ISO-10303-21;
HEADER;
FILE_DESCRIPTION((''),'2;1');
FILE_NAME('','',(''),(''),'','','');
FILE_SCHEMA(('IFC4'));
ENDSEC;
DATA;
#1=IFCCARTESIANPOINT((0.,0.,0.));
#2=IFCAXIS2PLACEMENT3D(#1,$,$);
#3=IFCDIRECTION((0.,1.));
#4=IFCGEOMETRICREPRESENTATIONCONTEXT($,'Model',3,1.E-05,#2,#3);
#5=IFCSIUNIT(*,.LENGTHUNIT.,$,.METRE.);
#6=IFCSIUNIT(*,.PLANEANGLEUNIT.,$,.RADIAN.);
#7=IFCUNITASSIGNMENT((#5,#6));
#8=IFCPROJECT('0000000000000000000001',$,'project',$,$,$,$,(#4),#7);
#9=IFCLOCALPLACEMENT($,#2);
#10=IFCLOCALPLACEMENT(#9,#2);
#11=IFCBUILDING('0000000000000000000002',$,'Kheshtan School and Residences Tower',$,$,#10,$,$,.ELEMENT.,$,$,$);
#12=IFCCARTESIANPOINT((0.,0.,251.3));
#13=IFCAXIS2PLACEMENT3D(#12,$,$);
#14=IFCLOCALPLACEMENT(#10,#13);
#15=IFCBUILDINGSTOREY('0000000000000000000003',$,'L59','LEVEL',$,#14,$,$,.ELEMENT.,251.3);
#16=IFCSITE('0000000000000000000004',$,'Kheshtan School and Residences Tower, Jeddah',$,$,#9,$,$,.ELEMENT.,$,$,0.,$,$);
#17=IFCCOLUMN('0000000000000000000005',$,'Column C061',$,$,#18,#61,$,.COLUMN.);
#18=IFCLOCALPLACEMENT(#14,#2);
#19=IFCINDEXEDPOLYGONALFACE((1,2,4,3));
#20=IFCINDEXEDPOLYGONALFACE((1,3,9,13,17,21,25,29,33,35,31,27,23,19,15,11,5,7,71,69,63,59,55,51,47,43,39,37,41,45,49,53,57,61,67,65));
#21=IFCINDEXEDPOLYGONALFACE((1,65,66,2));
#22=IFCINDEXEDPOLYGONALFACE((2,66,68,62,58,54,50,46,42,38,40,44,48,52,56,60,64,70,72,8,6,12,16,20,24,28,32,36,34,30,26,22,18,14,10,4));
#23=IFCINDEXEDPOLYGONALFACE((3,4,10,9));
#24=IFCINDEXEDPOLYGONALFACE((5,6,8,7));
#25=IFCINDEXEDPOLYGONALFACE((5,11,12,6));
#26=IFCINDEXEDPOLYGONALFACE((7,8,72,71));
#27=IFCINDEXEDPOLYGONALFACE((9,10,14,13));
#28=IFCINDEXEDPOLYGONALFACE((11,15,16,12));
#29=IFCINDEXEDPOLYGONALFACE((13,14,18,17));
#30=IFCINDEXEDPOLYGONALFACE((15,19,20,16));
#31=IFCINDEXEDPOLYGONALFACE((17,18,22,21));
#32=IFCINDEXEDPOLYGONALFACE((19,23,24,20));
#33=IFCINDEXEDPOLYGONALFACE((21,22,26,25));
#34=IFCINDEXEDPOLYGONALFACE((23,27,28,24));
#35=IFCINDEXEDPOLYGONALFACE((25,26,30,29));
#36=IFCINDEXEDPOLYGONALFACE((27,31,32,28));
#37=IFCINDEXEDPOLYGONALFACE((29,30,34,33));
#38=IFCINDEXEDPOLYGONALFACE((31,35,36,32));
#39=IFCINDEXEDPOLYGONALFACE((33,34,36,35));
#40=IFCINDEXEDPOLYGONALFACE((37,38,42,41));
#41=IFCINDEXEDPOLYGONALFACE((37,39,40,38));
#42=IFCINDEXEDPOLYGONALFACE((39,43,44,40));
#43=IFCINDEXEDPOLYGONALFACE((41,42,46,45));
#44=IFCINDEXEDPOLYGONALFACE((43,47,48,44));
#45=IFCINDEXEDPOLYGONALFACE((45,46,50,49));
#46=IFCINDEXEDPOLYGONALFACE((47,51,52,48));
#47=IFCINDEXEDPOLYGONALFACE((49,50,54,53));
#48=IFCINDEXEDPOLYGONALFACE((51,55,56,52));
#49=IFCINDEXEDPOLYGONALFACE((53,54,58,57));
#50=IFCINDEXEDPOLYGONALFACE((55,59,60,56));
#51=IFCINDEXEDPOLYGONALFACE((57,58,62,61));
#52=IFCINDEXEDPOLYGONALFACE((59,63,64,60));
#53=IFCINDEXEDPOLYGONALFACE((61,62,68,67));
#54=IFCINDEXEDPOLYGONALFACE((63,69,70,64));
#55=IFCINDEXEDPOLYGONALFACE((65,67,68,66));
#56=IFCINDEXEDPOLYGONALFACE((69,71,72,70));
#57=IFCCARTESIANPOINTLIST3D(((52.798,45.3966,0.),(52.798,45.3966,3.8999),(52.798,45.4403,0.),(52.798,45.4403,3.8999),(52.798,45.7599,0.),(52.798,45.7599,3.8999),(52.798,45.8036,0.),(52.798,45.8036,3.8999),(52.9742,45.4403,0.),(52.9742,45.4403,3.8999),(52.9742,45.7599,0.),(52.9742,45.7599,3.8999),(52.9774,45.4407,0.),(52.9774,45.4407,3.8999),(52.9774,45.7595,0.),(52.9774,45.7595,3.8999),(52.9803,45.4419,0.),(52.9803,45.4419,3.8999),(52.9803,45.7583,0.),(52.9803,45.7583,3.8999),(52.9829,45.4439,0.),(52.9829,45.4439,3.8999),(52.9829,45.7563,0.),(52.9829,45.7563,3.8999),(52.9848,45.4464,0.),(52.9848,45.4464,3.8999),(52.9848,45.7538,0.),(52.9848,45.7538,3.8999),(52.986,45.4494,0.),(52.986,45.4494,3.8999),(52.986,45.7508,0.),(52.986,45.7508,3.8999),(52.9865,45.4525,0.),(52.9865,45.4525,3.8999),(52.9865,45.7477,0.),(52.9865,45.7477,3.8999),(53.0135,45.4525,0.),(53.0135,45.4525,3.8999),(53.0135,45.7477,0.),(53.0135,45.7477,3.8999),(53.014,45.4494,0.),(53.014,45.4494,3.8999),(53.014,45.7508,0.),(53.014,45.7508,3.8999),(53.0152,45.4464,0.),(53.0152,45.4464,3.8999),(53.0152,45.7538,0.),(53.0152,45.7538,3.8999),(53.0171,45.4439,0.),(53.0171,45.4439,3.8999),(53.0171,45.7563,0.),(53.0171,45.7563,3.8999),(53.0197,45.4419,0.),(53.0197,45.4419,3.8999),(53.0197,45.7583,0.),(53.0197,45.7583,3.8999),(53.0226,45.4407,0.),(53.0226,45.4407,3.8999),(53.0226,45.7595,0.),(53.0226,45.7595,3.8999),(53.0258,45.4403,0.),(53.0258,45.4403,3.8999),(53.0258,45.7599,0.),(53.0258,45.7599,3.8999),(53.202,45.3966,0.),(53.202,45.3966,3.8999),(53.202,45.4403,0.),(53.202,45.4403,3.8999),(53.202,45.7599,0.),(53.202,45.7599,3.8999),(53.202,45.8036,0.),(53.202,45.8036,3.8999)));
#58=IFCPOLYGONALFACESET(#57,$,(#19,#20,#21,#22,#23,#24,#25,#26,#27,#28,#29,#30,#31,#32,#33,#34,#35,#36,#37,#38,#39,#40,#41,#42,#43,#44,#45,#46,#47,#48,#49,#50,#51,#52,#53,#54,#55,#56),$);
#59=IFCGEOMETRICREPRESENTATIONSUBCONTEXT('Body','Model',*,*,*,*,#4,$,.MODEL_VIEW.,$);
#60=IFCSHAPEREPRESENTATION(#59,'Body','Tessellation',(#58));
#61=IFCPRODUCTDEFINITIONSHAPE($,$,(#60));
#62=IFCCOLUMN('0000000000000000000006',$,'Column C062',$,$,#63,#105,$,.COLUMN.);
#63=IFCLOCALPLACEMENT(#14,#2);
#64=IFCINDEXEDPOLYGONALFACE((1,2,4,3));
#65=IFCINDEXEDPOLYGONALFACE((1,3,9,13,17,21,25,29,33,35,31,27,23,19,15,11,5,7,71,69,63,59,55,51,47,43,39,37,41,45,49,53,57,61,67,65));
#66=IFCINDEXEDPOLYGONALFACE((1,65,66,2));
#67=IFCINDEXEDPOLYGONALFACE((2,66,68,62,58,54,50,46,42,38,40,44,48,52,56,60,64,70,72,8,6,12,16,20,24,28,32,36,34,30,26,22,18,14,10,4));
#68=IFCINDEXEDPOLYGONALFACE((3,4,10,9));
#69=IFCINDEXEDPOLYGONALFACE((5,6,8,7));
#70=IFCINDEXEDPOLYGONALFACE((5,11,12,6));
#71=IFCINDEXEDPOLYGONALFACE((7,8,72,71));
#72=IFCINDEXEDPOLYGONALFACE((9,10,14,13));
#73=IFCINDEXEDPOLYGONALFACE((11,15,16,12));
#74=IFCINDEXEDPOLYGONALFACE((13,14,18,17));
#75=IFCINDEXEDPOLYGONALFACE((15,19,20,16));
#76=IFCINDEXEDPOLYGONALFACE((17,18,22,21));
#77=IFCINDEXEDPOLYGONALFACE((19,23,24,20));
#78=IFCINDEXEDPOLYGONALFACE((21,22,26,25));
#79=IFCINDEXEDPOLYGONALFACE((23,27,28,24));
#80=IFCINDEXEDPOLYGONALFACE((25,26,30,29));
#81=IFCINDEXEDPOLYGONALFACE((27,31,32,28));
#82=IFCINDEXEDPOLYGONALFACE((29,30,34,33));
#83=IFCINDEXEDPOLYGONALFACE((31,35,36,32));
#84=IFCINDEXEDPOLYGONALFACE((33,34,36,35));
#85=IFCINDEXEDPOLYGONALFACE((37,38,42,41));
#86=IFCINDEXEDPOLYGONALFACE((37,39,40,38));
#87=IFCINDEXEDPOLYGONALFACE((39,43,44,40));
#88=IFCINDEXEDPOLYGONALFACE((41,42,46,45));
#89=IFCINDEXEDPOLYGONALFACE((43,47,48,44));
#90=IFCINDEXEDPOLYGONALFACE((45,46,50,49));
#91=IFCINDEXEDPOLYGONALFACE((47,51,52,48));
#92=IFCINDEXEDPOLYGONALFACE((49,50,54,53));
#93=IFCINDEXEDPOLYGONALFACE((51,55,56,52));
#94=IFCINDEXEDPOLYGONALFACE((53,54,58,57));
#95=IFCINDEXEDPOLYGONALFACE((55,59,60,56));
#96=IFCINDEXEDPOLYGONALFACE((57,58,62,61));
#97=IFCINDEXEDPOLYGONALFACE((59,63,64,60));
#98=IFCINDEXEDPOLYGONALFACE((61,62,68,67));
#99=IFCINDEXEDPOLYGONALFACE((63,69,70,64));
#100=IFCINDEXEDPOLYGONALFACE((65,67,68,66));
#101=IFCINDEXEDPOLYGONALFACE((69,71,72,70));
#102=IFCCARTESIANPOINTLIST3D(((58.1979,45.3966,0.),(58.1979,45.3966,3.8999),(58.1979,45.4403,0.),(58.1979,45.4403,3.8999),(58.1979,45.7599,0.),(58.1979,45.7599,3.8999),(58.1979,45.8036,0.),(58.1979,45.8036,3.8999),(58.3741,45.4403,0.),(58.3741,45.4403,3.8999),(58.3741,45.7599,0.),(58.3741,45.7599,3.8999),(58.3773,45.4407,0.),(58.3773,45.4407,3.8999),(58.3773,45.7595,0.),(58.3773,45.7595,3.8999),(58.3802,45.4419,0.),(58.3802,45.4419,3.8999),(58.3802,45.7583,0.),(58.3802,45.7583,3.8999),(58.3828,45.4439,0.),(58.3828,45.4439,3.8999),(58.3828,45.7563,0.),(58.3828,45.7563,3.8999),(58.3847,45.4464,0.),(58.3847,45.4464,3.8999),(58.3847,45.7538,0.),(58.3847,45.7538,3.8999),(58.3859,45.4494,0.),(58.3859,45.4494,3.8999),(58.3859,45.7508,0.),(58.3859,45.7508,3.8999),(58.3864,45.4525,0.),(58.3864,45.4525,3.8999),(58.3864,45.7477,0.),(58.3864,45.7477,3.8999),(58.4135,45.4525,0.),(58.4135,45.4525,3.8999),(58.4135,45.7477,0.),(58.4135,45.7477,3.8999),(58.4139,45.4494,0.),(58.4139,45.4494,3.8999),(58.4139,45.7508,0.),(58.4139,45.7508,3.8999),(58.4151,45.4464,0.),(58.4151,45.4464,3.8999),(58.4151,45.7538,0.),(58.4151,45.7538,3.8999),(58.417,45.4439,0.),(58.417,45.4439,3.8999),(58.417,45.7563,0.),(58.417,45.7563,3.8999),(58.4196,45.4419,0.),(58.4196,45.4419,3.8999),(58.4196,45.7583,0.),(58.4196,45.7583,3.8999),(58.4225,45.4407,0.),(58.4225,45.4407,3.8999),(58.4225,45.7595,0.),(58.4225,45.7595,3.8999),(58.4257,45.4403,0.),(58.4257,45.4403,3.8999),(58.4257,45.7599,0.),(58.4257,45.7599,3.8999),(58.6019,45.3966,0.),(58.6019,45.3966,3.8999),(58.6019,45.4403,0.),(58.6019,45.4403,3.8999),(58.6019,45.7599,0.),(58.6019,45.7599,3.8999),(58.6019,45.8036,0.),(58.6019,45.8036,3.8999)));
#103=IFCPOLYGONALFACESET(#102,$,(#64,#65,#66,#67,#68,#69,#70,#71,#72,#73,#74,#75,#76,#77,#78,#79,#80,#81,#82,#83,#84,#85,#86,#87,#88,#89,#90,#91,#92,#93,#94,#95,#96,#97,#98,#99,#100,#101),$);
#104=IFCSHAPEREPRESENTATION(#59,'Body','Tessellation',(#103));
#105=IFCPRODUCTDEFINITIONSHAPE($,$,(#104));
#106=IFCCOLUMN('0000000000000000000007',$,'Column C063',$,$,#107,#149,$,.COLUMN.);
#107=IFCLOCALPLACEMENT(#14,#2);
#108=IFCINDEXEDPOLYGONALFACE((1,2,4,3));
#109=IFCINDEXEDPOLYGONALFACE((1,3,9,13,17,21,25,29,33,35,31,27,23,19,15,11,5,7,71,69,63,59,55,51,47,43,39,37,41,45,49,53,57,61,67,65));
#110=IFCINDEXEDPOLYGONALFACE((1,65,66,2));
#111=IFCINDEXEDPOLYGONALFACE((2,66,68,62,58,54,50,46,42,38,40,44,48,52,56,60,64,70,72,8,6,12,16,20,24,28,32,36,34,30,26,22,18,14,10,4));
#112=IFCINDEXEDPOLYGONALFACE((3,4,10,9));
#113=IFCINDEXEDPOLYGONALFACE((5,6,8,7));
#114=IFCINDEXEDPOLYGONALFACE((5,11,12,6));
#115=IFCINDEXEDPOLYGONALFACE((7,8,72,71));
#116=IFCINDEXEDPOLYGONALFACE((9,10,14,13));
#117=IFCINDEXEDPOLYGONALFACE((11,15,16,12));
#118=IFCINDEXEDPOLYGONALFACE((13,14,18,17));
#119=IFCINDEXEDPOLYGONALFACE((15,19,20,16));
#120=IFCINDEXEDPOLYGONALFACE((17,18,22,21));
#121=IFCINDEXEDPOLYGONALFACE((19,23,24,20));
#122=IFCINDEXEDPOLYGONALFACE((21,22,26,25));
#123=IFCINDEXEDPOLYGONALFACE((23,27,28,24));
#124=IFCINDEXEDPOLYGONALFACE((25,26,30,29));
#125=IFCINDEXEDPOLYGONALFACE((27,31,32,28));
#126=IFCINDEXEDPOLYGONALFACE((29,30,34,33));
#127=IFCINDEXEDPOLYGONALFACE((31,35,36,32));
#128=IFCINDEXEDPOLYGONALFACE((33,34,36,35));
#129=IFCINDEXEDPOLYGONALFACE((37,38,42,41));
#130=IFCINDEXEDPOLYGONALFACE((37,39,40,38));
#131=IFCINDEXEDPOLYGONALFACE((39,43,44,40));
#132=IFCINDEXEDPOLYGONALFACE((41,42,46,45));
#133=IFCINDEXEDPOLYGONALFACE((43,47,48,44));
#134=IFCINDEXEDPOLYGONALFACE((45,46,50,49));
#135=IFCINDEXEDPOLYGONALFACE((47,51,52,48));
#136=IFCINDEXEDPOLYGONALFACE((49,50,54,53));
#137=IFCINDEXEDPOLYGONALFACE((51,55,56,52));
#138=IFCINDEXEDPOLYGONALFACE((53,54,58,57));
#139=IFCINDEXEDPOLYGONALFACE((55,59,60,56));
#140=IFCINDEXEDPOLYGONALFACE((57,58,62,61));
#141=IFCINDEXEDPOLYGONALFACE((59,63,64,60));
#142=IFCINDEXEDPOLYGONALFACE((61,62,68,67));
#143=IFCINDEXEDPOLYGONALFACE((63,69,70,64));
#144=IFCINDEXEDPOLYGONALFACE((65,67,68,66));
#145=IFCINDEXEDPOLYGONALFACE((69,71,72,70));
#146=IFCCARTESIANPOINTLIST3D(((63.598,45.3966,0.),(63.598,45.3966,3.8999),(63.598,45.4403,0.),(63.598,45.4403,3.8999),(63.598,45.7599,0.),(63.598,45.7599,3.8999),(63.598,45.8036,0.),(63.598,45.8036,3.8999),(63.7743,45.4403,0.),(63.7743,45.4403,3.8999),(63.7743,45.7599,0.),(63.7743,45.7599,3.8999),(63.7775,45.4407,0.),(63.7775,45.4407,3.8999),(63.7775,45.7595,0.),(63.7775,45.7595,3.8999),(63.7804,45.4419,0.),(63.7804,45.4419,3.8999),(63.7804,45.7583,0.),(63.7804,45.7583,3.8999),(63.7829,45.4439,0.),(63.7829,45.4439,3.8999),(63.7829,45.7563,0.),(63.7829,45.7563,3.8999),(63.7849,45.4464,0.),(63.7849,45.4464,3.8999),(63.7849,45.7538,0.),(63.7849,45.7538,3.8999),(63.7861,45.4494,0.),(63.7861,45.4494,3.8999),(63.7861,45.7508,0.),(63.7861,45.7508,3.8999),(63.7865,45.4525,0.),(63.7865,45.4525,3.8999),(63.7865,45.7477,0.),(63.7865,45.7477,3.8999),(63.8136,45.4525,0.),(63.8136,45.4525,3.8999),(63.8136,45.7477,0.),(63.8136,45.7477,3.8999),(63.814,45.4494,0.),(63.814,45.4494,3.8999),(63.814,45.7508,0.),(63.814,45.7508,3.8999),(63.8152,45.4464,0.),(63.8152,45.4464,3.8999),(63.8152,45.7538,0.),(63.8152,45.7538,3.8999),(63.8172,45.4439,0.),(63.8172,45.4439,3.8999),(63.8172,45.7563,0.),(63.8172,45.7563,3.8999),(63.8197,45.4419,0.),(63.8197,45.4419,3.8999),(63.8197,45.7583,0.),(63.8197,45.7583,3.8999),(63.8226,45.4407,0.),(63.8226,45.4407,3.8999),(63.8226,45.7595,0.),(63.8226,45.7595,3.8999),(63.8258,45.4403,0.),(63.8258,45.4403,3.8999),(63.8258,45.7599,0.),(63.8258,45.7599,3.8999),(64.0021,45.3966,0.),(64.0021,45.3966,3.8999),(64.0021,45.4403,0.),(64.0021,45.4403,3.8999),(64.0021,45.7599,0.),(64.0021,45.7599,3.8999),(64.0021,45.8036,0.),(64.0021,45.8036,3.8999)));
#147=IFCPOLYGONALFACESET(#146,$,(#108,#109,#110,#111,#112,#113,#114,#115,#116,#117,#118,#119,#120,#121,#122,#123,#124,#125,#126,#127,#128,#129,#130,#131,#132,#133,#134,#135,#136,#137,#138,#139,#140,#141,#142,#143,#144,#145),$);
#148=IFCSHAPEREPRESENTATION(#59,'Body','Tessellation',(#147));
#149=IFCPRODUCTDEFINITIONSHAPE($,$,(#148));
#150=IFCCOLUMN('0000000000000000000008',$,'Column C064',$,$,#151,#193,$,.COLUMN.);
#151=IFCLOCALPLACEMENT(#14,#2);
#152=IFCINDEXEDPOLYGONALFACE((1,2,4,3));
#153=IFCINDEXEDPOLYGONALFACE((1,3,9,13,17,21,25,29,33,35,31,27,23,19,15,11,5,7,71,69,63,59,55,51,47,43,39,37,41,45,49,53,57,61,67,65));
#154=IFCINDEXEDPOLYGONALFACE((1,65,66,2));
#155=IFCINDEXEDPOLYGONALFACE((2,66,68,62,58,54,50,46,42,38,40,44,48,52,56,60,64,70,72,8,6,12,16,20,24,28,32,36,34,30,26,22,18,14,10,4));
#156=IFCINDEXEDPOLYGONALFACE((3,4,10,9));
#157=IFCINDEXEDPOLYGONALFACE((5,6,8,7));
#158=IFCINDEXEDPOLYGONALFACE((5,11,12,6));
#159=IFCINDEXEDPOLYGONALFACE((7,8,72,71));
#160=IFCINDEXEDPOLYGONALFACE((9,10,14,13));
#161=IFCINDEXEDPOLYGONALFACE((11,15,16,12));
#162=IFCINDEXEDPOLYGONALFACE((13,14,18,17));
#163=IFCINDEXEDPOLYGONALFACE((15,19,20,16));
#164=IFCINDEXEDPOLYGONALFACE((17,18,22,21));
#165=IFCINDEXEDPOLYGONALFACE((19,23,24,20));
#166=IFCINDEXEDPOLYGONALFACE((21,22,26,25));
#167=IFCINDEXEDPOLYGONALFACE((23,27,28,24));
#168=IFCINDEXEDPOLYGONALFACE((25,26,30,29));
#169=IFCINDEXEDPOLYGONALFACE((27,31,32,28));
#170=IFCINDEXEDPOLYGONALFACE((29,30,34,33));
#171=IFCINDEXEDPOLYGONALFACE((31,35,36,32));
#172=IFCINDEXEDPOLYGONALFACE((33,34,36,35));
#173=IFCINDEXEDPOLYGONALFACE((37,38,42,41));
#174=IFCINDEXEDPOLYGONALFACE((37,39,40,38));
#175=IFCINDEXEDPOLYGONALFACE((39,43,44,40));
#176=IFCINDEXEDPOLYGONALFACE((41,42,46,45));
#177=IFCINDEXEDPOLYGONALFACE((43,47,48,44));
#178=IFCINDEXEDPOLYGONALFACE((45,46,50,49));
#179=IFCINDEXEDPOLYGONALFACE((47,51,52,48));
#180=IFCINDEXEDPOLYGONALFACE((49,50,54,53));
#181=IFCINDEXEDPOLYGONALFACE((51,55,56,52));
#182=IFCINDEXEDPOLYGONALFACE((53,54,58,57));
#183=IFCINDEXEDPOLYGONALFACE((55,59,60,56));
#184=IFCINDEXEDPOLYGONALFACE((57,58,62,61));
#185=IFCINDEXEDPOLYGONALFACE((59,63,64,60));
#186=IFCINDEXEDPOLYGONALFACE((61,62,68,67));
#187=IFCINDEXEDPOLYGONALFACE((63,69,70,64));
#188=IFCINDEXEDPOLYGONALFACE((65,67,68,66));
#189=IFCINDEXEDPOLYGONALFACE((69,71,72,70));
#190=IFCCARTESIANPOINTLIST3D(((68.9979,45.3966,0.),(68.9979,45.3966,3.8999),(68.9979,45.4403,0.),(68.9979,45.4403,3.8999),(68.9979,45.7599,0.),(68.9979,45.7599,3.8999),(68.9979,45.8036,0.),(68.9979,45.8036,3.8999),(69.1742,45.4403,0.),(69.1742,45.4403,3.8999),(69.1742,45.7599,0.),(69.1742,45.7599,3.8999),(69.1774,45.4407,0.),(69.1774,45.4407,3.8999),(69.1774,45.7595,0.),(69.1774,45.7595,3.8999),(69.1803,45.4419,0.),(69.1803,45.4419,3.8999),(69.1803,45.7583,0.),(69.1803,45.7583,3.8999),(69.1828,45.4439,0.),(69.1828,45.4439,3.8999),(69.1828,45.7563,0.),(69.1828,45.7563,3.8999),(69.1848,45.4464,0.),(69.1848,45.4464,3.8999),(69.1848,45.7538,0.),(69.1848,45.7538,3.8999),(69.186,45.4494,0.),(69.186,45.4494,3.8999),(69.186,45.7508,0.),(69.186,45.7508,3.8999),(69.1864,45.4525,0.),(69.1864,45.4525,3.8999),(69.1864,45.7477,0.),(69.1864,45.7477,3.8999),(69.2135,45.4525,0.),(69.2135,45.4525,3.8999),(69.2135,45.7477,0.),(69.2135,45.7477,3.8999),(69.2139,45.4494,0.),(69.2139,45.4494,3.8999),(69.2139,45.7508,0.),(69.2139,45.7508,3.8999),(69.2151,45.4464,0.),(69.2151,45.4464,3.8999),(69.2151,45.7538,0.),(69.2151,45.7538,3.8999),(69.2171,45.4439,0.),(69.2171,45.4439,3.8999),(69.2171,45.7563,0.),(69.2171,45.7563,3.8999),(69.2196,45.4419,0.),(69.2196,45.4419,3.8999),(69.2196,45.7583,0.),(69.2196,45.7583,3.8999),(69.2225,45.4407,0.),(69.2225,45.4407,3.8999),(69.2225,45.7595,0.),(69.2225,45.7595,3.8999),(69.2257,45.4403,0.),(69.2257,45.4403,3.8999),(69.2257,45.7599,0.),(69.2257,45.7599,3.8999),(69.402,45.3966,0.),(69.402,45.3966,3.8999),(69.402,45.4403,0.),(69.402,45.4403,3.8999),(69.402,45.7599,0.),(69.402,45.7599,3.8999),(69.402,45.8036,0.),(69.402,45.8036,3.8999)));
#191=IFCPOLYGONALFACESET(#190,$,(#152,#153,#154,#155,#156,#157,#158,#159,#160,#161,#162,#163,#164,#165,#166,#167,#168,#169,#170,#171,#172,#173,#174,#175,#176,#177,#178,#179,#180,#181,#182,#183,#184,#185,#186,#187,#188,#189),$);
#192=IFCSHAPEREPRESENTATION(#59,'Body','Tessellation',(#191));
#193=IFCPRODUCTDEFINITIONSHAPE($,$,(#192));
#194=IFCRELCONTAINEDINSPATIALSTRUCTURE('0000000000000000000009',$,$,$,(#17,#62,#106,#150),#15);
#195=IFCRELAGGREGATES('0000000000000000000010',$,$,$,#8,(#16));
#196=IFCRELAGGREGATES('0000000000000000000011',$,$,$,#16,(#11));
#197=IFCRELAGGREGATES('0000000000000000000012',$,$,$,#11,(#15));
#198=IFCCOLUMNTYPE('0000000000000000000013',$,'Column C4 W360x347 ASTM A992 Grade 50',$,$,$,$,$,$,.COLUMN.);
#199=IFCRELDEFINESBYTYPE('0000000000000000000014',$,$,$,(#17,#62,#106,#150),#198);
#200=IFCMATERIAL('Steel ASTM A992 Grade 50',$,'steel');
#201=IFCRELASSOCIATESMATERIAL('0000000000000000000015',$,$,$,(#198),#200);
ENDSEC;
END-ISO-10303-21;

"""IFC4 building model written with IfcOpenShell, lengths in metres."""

from ifc_helpers import new_model, si_unit, direction, frame, origin, origin_2d, place, context, subcontext, project, spatial, i_section, extrude, material, material_profile, profile_set, type_object, element, save


model = new_model("IFC4")

# Units and contexts
model_context = context("Model", 3, precision=1e-05, world=origin(), true_north=direction((0.0, 1.0)))
body_context = subcontext(model_context, "Body", "Model", "MODEL_VIEW")
ifc_project = project(units=[si_unit("LENGTHUNIT", "METRE"), si_unit("PLANEANGLEUNIT", "RADIAN")], contexts=[model_context])

# Site, building, storey
site_placement = place(None, origin())
site = spatial("IfcSite", under=ifc_project, at=site_placement, Name="Kheshtan School and Residences Tower, Jeddah", CompositionType="ELEMENT", RefElevation=0.0)
building_placement = place(site_placement, origin())
building = spatial("IfcBuilding", under=site, at=building_placement, Name="Kheshtan School and Residences Tower", CompositionType="ELEMENT")
storey_placement = place(building_placement, frame((0.0, 0.0, 251.3)))
storey = spatial("IfcBuildingStorey", under=building, at=storey_placement, Name="L59", Description="LEVEL", CompositionType="ELEMENT", Elevation=251.3)

# Columns
ifc_material_1 = material(Name="Steel ASTM A992 Grade 50", Category="steel")
ifc_material_profile_1 = material_profile(ifc_material_1, i_section(OverallWidth=0.4041, OverallDepth=0.407, WebThickness=0.0271, FlangeThickness=0.0437, FilletRadius=0.0122, at=origin_2d()), Name="W360x347")
ifc_profile_set_1 = profile_set([ifc_material_profile_1], Name="Steel ASTM A992 Grade 50")
column_type = type_object("IfcColumnType", Name="Column C4 W360x347 ASTM A992 Grade 50", PredefinedType="COLUMN", material=ifc_profile_set_1)
for number, where, z_axis, x_axis, name in (
    (1, (53.0, 45.6001, 0.0), (0.0, 0.0, 1.0), (1.0, 0.0, 0.0), "Column C061"),
    (2, (58.3999, 45.6001, 0.0), (0.0, 0.0, 1.0), (1.0, 0.0, 0.0), "Column C062"),
    (3, (63.8, 45.6001, 0.0), (0.0, 0.0, 1.0), (1.0, 0.0, 0.0), "Column C063"),
    (4, (69.2, 45.6001, 0.0), (0.0, 0.0, 1.0), (1.0, 0.0, 0.0), "Column C064"),
):
    element("IfcColumn", number, at=place(storey_placement, frame(where, z_axis=z_axis, x_axis=x_axis)), inside=storey, type_object=column_type, Name=name, PredefinedType="COLUMN", context=body_context, shape_type="SweptSolid", body=[
        extrude(i_section(OverallWidth=0.4041, OverallDepth=0.407, WebThickness=0.0271, FlangeThickness=0.0437, FilletRadius=0.0122, at=origin_2d()), origin(), (0.0, 0.0, 1.0), 3.8999),
    ])

save(model, "model.ifc")
